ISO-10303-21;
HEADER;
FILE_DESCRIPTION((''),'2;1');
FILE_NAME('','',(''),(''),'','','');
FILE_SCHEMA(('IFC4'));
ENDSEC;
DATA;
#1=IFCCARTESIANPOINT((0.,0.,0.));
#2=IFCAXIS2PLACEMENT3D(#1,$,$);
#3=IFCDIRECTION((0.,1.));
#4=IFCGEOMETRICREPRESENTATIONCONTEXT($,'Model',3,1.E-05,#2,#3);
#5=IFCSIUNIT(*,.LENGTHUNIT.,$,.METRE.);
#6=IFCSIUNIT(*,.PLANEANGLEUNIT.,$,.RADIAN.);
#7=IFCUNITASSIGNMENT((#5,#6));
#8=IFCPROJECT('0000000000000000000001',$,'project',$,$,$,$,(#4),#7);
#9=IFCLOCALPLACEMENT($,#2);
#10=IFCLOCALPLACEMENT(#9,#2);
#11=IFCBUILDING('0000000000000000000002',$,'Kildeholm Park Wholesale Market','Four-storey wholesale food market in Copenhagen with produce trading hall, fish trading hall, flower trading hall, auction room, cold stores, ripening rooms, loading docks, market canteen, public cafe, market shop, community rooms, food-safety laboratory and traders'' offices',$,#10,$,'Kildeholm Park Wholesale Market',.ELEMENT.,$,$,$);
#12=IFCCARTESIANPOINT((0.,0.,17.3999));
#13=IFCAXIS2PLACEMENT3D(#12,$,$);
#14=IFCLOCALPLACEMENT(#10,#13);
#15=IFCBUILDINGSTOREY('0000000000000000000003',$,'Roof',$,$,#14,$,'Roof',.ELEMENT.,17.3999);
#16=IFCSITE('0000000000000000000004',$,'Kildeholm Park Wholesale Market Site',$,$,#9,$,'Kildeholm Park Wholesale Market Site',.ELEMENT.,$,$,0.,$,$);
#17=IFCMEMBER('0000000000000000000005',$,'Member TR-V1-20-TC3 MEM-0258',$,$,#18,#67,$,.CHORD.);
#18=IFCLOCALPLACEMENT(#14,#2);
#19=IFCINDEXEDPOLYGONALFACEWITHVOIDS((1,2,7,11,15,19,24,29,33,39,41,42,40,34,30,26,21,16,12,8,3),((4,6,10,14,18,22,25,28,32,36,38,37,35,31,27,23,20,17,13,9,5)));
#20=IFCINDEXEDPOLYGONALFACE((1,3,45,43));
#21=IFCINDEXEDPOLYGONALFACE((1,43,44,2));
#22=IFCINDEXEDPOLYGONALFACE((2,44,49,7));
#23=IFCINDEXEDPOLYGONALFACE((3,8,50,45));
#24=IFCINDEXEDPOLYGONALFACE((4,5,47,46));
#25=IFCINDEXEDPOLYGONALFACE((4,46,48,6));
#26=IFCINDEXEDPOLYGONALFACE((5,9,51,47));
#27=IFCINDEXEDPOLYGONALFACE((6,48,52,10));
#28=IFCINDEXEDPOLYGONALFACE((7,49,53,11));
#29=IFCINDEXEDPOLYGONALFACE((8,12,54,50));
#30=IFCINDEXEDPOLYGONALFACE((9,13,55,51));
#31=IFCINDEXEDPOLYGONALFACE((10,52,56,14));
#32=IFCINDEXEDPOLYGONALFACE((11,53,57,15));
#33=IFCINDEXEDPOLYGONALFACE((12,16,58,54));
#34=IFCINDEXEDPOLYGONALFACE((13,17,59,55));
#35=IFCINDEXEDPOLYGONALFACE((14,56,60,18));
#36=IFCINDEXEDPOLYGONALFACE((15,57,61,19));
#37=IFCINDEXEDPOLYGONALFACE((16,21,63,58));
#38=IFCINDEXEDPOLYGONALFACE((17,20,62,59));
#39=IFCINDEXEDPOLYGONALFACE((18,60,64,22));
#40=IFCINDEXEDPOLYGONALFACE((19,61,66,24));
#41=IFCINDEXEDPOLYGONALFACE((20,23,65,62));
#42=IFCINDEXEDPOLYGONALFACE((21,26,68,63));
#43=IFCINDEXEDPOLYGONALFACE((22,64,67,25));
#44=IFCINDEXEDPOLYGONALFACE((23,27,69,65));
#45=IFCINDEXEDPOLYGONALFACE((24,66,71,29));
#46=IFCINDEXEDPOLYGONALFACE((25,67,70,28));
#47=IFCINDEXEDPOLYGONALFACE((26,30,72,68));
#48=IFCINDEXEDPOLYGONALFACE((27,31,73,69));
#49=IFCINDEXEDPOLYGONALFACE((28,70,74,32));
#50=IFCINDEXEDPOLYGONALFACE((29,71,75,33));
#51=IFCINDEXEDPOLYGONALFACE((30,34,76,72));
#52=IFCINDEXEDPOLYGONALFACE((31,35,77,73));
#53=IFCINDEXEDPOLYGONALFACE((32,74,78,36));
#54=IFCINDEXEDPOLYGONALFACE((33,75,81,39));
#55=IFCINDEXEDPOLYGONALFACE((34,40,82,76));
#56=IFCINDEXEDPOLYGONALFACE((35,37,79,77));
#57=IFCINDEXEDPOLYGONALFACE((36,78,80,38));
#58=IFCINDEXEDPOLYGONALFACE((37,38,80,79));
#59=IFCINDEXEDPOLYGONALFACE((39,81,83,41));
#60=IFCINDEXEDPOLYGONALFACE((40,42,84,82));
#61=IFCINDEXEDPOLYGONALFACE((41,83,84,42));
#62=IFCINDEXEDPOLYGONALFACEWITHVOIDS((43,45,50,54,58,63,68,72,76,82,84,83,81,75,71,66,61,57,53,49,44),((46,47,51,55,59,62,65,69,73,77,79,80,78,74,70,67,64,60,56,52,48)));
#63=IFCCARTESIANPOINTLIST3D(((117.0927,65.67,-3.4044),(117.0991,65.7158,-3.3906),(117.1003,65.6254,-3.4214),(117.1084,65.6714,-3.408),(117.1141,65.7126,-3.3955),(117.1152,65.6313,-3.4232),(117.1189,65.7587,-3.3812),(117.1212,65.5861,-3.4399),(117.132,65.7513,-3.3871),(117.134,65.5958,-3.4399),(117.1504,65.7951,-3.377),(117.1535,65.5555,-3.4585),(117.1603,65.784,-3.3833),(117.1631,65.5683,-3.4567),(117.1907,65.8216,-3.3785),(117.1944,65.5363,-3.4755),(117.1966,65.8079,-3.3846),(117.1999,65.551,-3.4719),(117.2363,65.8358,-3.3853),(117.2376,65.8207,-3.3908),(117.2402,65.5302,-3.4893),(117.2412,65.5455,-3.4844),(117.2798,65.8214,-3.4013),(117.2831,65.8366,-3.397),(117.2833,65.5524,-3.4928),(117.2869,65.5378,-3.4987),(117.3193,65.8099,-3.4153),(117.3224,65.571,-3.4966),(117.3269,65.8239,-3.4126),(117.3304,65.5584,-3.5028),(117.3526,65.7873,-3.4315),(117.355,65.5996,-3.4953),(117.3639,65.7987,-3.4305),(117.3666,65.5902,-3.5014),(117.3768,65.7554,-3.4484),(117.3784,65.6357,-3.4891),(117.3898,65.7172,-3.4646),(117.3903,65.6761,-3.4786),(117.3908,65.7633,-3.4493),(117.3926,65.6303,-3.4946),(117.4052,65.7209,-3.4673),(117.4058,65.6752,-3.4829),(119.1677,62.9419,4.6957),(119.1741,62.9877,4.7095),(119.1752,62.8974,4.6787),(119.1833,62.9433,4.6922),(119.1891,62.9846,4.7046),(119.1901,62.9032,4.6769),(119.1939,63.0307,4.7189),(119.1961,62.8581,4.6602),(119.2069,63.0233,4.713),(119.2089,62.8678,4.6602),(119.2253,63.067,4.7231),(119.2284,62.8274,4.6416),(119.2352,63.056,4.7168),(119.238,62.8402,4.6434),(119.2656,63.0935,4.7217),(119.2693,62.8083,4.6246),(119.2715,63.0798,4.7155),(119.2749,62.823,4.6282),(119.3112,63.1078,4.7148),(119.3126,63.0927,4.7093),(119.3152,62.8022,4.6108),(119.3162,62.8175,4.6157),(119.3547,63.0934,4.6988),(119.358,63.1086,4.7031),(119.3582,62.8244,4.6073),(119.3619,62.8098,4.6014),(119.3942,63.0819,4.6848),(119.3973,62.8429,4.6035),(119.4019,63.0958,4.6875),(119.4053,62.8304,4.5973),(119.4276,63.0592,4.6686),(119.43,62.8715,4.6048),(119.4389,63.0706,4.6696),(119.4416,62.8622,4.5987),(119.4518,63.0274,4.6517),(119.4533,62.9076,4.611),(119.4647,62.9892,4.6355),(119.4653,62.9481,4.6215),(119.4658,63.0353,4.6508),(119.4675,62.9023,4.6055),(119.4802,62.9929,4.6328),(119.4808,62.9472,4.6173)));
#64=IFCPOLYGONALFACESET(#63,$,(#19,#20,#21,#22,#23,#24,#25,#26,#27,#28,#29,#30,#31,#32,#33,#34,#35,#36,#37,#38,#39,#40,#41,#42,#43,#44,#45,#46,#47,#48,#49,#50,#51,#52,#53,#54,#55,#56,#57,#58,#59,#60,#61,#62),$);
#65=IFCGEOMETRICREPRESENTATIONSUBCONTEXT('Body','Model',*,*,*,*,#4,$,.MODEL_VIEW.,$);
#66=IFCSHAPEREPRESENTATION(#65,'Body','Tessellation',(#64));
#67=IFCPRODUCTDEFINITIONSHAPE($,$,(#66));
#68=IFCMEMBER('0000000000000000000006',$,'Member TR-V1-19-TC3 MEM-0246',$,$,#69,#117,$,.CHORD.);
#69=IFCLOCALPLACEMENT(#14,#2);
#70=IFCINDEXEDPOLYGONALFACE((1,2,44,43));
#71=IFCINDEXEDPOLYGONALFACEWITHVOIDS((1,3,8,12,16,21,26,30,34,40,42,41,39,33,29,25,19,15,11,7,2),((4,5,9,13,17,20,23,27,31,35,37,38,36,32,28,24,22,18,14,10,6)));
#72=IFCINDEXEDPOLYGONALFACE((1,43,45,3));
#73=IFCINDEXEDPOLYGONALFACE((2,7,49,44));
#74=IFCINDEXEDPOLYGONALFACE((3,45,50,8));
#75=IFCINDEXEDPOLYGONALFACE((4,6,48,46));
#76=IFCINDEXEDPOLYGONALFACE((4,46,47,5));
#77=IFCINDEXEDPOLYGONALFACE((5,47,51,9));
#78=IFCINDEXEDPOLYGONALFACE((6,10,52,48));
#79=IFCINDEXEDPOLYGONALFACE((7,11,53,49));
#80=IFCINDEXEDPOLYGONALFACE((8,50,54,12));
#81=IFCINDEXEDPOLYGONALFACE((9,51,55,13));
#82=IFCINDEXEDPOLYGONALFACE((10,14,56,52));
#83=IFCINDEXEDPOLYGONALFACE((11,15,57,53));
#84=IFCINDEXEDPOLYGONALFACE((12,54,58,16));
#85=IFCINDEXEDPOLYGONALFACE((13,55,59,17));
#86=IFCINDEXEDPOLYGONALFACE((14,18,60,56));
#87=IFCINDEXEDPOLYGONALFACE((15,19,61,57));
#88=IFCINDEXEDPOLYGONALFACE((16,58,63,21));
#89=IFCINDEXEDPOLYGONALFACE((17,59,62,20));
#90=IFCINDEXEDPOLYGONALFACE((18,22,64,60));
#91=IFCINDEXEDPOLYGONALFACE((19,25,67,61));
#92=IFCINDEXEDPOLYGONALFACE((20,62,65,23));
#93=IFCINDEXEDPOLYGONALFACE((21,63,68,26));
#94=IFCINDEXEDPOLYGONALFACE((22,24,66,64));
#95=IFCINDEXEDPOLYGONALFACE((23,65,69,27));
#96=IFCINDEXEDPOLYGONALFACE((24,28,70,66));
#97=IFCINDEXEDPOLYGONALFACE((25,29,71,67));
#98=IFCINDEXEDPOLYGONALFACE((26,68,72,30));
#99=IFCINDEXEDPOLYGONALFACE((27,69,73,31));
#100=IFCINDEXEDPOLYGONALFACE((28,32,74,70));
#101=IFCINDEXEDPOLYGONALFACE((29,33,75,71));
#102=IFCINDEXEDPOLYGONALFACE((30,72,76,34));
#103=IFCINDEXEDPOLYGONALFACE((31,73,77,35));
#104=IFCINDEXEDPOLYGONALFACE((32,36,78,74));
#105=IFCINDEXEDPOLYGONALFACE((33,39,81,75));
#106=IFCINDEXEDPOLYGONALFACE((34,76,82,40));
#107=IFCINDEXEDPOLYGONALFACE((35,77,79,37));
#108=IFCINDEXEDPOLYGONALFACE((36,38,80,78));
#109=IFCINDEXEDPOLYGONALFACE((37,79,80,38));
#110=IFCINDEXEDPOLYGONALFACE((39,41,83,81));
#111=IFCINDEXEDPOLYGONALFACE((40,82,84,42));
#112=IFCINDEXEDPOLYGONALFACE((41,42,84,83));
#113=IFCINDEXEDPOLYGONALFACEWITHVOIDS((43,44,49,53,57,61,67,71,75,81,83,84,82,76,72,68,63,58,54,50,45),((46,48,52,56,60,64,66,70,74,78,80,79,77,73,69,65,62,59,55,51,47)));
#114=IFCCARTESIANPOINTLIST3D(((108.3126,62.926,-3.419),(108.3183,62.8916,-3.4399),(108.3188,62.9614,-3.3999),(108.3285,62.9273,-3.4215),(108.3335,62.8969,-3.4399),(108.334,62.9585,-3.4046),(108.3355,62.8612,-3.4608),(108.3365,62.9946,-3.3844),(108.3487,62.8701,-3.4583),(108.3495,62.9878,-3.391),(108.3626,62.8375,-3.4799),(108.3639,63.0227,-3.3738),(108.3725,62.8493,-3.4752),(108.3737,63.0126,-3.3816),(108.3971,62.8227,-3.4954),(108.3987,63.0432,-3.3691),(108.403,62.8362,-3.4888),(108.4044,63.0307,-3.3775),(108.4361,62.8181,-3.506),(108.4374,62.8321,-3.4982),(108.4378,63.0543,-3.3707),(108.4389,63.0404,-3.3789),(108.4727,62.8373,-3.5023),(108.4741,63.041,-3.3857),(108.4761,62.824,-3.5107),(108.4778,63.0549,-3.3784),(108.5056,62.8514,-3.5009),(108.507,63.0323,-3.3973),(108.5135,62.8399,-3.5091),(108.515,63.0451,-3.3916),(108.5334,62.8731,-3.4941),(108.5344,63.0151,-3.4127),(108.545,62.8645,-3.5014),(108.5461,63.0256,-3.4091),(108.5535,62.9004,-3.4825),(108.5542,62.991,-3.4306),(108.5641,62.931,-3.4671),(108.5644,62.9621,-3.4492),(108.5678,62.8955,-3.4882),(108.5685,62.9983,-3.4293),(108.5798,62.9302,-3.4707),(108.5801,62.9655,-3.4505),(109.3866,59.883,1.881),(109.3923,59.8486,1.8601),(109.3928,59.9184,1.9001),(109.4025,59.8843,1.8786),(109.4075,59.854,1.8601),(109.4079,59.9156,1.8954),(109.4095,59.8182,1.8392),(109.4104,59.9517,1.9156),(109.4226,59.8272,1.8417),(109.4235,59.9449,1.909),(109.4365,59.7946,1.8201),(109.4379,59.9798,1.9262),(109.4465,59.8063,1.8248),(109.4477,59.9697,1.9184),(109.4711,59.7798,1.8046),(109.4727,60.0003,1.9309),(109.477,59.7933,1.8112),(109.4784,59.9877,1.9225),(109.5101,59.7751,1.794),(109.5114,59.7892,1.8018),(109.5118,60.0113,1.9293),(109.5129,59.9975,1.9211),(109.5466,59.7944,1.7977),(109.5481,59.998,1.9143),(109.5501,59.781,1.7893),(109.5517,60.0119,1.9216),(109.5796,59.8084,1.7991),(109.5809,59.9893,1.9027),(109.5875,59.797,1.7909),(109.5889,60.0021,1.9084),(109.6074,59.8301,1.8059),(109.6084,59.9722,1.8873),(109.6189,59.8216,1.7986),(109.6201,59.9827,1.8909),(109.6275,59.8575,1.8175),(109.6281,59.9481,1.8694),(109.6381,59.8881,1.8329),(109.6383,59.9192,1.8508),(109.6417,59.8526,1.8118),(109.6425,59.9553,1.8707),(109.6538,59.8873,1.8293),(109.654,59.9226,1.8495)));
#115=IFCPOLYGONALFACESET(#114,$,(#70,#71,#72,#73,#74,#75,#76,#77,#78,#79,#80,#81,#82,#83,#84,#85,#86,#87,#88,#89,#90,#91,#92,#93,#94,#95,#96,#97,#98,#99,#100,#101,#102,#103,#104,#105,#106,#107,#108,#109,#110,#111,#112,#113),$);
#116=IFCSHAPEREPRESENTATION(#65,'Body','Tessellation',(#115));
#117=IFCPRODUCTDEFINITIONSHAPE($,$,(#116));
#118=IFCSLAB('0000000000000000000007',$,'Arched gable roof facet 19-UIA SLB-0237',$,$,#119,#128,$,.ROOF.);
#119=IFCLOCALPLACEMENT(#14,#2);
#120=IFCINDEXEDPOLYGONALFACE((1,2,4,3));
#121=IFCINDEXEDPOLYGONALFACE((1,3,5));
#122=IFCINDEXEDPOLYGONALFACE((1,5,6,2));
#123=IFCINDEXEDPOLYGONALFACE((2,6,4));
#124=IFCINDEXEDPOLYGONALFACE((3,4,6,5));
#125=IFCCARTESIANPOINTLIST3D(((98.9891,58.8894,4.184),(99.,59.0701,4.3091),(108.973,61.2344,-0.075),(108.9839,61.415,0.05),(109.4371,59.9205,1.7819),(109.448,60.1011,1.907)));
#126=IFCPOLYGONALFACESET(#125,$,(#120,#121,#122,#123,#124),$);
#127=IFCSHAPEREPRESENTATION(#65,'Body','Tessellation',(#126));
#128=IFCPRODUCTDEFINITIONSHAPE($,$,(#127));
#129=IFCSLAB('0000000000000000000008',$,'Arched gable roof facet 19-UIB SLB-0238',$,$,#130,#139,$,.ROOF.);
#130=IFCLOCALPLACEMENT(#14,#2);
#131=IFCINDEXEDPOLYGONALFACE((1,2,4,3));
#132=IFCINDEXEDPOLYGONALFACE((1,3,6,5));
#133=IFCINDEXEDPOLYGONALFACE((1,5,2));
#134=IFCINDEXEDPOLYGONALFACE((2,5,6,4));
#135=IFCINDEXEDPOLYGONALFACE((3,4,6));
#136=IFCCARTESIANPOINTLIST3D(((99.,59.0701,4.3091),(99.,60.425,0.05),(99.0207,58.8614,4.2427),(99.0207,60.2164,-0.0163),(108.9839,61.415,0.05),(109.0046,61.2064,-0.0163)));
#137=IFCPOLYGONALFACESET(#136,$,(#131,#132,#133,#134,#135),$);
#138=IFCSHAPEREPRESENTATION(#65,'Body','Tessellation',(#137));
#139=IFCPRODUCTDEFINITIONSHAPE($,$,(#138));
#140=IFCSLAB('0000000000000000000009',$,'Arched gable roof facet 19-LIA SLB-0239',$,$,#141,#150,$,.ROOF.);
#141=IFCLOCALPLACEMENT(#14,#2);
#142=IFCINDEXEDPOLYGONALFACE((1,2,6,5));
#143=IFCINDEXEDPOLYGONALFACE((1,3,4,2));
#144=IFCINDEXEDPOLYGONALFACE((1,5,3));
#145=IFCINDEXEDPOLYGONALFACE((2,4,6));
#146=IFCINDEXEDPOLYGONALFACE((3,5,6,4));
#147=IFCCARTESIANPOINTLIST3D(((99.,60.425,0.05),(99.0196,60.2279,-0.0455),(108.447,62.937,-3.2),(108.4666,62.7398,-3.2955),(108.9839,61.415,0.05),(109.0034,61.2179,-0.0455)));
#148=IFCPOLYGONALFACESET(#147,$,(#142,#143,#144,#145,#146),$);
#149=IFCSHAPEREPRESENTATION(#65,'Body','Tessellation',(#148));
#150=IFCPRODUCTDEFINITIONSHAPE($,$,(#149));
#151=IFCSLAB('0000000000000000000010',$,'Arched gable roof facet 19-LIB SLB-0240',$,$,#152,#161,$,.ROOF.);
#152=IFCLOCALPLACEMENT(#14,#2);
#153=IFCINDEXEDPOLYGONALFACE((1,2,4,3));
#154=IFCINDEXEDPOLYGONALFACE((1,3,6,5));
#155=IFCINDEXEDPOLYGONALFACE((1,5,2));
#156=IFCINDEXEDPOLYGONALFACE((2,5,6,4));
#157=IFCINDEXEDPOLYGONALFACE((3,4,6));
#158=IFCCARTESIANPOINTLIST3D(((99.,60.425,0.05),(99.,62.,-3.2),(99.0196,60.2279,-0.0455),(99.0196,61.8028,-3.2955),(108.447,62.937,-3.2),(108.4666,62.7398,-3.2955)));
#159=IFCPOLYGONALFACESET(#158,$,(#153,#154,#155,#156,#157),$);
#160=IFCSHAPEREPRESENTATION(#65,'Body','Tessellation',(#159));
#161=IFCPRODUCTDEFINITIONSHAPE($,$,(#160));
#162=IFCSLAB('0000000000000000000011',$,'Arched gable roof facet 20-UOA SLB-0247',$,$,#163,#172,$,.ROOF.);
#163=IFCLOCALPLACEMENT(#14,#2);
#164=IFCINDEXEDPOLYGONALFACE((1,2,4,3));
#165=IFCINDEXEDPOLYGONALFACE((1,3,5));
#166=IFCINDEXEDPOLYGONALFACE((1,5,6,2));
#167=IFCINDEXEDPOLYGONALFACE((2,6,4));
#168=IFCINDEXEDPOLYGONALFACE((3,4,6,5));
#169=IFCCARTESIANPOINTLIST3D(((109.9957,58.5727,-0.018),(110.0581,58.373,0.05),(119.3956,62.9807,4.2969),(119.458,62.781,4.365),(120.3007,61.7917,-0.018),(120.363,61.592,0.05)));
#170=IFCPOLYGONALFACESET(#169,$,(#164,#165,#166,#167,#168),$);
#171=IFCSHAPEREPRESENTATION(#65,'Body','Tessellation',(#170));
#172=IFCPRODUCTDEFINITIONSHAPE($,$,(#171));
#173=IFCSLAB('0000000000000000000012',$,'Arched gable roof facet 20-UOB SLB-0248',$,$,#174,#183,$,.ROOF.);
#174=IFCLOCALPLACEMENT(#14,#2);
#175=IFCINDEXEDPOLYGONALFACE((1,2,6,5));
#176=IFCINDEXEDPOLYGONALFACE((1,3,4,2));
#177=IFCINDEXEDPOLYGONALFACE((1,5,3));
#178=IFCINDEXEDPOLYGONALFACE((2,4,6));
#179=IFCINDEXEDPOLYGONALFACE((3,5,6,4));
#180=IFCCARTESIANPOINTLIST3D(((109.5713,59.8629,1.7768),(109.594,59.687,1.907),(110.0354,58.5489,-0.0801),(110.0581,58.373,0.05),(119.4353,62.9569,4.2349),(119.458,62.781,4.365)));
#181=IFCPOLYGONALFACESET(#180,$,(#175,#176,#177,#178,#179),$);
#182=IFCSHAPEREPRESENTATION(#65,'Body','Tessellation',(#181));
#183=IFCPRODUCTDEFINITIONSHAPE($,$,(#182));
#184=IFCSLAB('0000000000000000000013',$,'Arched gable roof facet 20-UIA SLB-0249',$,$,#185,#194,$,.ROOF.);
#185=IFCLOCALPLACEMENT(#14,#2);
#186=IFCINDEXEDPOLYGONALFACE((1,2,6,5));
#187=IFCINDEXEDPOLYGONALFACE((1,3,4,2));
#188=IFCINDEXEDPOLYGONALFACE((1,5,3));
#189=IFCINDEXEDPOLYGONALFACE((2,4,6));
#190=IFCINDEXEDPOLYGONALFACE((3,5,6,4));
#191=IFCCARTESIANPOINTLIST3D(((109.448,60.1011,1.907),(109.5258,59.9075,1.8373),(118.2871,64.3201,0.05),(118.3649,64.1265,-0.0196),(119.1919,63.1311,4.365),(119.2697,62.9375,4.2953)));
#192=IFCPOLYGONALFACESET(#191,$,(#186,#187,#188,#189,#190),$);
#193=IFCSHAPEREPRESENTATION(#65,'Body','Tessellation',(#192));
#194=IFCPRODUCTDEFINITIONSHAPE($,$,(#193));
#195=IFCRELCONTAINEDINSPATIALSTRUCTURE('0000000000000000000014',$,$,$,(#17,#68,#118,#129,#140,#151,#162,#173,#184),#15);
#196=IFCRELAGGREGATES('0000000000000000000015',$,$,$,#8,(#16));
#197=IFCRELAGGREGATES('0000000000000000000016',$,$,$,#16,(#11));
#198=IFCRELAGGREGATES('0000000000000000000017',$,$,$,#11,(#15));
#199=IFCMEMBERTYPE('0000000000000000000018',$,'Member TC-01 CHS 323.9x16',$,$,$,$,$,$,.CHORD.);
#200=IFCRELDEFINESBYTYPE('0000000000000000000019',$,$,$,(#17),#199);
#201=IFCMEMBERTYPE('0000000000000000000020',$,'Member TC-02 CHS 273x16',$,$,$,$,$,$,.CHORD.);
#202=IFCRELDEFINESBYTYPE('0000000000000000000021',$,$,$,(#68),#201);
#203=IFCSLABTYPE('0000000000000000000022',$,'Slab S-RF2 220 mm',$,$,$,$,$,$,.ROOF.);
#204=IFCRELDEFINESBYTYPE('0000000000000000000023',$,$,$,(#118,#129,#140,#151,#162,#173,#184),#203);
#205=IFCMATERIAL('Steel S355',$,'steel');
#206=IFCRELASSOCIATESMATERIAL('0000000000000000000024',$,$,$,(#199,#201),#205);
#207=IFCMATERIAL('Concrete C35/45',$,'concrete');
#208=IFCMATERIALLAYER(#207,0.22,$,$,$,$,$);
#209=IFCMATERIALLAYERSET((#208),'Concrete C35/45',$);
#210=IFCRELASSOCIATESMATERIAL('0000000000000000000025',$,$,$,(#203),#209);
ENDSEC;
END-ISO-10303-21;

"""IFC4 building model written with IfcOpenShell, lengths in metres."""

from ifc_helpers import new_model, si_unit, direction, frame, origin, origin_2d, place, context, subcontext, project, spatial, polyline, hollow_circle, outline, extrude, material, layer, layer_set, material_profile, profile_set, type_object, element, save


model = new_model("IFC4")

# Units and contexts
model_context = context("Model", 3, precision=1e-05, world=origin(), true_north=direction((0.0, 1.0)))
body_context = subcontext(model_context, "Body", "Model", "MODEL_VIEW")
ifc_project = project(units=[si_unit("LENGTHUNIT", "METRE"), si_unit("PLANEANGLEUNIT", "RADIAN")], contexts=[model_context])

# Site, building, storey
site_placement = place(None, origin())
site = spatial("IfcSite", under=ifc_project, at=site_placement, Name="Kildeholm Park Wholesale Market Site", LongName="Kildeholm Park Wholesale Market Site", CompositionType="ELEMENT", RefElevation=0.0)
building_placement = place(site_placement, origin())
building = spatial("IfcBuilding", under=site, at=building_placement, Name="Kildeholm Park Wholesale Market", Description="Four-storey wholesale food market in Copenhagen with produce trading hall, fish trading hall, flower trading hall, auction room, cold stores, ripening rooms, loading docks, market canteen, public cafe, market shop, community rooms, food-safety laboratory and traders' offices", LongName="Kildeholm Park Wholesale Market", CompositionType="ELEMENT")
storey_placement = place(building_placement, frame((0.0, 0.0, 17.3999)))
storey = spatial("IfcBuildingStorey", under=building, at=storey_placement, Name="Roof", LongName="Roof", CompositionType="ELEMENT", Elevation=17.3999)

# Members
ifc_material_1 = material(Name="Steel S355", Category="steel")
ifc_material_profile_1 = material_profile(ifc_material_1, hollow_circle(Radius=0.1619, WallThickness=0.0161, at=origin_2d()), Name="CHS 323.9x16")
ifc_profile_set_1 = profile_set([ifc_material_profile_1], Name="Steel S355")
member_type_1 = type_object("IfcMemberType", Name="Member TC-01 CHS 323.9x16", PredefinedType="CHORD", material=ifc_profile_set_1)
member_1_placement = place(storey_placement, frame((119.325, 62.9561, 4.6602), z_axis=(-0.235913, 0.310165, -0.920947), x_axis=(-0.79593, -0.605388, 0.0)))
element("IfcMember", 1, at=member_1_placement, inside=storey, type_object=member_type_1, Name="Member TR-V1-20-TC3 MEM-0258", PredefinedType="CHORD", context=body_context, shape_type="SweptSolid", body=[
    extrude(hollow_circle(Radius=0.1619, WallThickness=0.0161, at=origin_2d()), origin(), (0.0, 0.0, 1.0), 8.7954),
])
ifc_material_profile_2 = material_profile(ifc_material_1, hollow_circle(Radius=0.1365, WallThickness=0.0161, at=origin_2d()), Name="CHS 273x16")
ifc_profile_set_2 = profile_set([ifc_material_profile_2], Name="Steel S355")
member_type_2 = type_object("IfcMemberType", Name="Member TC-02 CHS 273x16", PredefinedType="CHORD", material=ifc_profile_set_2)
member_2_placement = place(storey_placement, frame((109.521, 59.894, 1.8601), z_axis=(-0.173079, 0.490396, -0.85414), x_axis=(-0.942992, -0.332816, 0.0)))
element("IfcMember", 2, at=member_2_placement, inside=storey, type_object=member_type_2, Name="Member TR-V1-19-TC3 MEM-0246", PredefinedType="CHORD", context=body_context, shape_type="SweptSolid", body=[
    extrude(hollow_circle(Radius=0.1365, WallThickness=0.0161, at=origin_2d()), origin(), (0.0, 0.0, 1.0), 6.2051),
])

# Slabs
ifc_material_2 = material(Name="Concrete C35/45", Category="concrete")
ifc_layer_1 = layer(ifc_material_2, 0.22)
ifc_layer_set_1 = layer_set([ifc_layer_1], Name="Concrete C35/45")
slab_type = type_object("IfcSlabType", Name="Slab S-RF2 220 mm", PredefinedType="ROOF", material=ifc_layer_set_1)
slab_1_placement = place(storey_placement, frame((99.0, 59.0701, 4.3091), z_axis=(0.049699, 0.821113, 0.568598), x_axis=(0.970099, 0.095729, -0.223035)))
element("IfcSlab", 3, at=slab_1_placement, inside=storey, type_object=slab_type, Name="Arched gable roof facet 19-UIA SLB-0237", PredefinedType="ROOF", context=body_context, shape_type="SweptSolid", body=[
    extrude(outline(polyline([(0.0, 0.0), (10.77, 0.0), (10.8598, 2.3199), (0.0, 0.0)])), origin(), (0.0, 0.0, -1.0), 0.22),
])
slab_2_placement = place(storey_placement, frame((99.0, 59.0701, 4.3091), z_axis=(-0.094073, 0.948711, 0.301825), x_axis=(0.899062, 0.211168, -0.383531)))
element("IfcSlab", 4, at=slab_2_placement, inside=storey, type_object=slab_type, Name="Arched gable roof facet 19-UIB SLB-0238", PredefinedType="ROOF", context=body_context, shape_type="SweptSolid", body=[
    extrude(outline(polyline([(0.0, 0.0), (11.1048, 0.0), (1.9196, 4.0361), (0.0, 0.0)])), origin(), (0.0, 0.0, -1.0), 0.22),
])
slab_3_placement = place(storey_placement, frame((99.0, 60.425, 0.05), z_axis=(-0.088877, 0.896313, 0.434424), x_axis=(0.99512, 0.098675, 0.0)))
element("IfcSlab", 5, at=slab_3_placement, inside=storey, type_object=slab_type, Name="Arched gable roof facet 19-LIA SLB-0239", PredefinedType="ROOF", context=body_context, shape_type="SweptSolid", body=[
    extrude(outline(polyline([(0.0, 0.0), (10.0328, 0.0), (9.6488, 3.6083), (0.0, 0.0)])), origin(), (0.0, 0.0, -1.0), 0.22),
])
slab_4_placement = place(storey_placement, frame((99.0, 60.425, 0.05), z_axis=(-0.088904, 0.896338, 0.434366), x_axis=(0.917063, 0.243847, -0.315491)))
element("IfcSlab", 6, at=slab_4_placement, inside=storey, type_object=slab_type, Name="Arched gable roof facet 19-LIB SLB-0240", PredefinedType="ROOF", context=body_context, shape_type="SweptSolid", body=[
    extrude(outline(polyline([(0.0, 0.0), (10.3014, 0.0), (1.4094, 3.3251), (0.0, 0.0)])), origin(), (0.0, 0.0, -1.0), 0.22),
])
slab_5_placement = place(storey_placement, frame((110.0581, 58.373, 0.05), z_axis=(0.28352, -0.907628, 0.30956), x_axis=(0.954514, 0.298166, 0.0)))
element("IfcSlab", 7, at=slab_5_placement, inside=storey, type_object=slab_type, Name="Arched gable roof facet 20-UOA SLB-0247", PredefinedType="ROOF", context=body_context, shape_type="SweptSolid", body=[
    extrude(outline(polyline([(0.0, 0.0), (10.796, 0.0), (10.2866, 4.5378), (0.0, 0.0)])), origin(), (0.0, 0.0, -1.0), 0.22),
])
slab_6_placement = place(storey_placement, frame((110.0581, 58.373, 0.05), z_axis=(0.103373, -0.799569, 0.591611), x_axis=(0.836061, 0.39206, 0.383786)))
element("IfcSlab", 8, at=slab_6_placement, inside=storey, type_object=slab_type, Name="Arched gable roof facet 20-UOB SLB-0248", PredefinedType="ROOF", context=body_context, shape_type="SweptSolid", body=[
    extrude(outline(polyline([(0.0, 0.0), (11.2431, 0.0), (0.8398, 2.1645), (0.0, 0.0)])), origin(), (0.0, 0.0, -1.0), 0.22),
])
slab_7_placement = place(storey_placement, frame((109.448, 60.1011, 1.907), z_axis=(-0.353587, 0.880169, 0.316669), x_axis=(0.928342, 0.288684, 0.234185)))
element("IfcSlab", 9, at=slab_7_placement, inside=storey, type_object=slab_type, Name="Arched gable roof facet 20-UIA SLB-0249", PredefinedType="ROOF", context=body_context, shape_type="SweptSolid", body=[
    extrude(outline(polyline([(0.0, 0.0), (10.496, 0.0), (8.9888, 4.3104), (0.0, 0.0)])), origin(), (0.0, 0.0, -1.0), 0.22),
])

save(model, "model.ifc")
